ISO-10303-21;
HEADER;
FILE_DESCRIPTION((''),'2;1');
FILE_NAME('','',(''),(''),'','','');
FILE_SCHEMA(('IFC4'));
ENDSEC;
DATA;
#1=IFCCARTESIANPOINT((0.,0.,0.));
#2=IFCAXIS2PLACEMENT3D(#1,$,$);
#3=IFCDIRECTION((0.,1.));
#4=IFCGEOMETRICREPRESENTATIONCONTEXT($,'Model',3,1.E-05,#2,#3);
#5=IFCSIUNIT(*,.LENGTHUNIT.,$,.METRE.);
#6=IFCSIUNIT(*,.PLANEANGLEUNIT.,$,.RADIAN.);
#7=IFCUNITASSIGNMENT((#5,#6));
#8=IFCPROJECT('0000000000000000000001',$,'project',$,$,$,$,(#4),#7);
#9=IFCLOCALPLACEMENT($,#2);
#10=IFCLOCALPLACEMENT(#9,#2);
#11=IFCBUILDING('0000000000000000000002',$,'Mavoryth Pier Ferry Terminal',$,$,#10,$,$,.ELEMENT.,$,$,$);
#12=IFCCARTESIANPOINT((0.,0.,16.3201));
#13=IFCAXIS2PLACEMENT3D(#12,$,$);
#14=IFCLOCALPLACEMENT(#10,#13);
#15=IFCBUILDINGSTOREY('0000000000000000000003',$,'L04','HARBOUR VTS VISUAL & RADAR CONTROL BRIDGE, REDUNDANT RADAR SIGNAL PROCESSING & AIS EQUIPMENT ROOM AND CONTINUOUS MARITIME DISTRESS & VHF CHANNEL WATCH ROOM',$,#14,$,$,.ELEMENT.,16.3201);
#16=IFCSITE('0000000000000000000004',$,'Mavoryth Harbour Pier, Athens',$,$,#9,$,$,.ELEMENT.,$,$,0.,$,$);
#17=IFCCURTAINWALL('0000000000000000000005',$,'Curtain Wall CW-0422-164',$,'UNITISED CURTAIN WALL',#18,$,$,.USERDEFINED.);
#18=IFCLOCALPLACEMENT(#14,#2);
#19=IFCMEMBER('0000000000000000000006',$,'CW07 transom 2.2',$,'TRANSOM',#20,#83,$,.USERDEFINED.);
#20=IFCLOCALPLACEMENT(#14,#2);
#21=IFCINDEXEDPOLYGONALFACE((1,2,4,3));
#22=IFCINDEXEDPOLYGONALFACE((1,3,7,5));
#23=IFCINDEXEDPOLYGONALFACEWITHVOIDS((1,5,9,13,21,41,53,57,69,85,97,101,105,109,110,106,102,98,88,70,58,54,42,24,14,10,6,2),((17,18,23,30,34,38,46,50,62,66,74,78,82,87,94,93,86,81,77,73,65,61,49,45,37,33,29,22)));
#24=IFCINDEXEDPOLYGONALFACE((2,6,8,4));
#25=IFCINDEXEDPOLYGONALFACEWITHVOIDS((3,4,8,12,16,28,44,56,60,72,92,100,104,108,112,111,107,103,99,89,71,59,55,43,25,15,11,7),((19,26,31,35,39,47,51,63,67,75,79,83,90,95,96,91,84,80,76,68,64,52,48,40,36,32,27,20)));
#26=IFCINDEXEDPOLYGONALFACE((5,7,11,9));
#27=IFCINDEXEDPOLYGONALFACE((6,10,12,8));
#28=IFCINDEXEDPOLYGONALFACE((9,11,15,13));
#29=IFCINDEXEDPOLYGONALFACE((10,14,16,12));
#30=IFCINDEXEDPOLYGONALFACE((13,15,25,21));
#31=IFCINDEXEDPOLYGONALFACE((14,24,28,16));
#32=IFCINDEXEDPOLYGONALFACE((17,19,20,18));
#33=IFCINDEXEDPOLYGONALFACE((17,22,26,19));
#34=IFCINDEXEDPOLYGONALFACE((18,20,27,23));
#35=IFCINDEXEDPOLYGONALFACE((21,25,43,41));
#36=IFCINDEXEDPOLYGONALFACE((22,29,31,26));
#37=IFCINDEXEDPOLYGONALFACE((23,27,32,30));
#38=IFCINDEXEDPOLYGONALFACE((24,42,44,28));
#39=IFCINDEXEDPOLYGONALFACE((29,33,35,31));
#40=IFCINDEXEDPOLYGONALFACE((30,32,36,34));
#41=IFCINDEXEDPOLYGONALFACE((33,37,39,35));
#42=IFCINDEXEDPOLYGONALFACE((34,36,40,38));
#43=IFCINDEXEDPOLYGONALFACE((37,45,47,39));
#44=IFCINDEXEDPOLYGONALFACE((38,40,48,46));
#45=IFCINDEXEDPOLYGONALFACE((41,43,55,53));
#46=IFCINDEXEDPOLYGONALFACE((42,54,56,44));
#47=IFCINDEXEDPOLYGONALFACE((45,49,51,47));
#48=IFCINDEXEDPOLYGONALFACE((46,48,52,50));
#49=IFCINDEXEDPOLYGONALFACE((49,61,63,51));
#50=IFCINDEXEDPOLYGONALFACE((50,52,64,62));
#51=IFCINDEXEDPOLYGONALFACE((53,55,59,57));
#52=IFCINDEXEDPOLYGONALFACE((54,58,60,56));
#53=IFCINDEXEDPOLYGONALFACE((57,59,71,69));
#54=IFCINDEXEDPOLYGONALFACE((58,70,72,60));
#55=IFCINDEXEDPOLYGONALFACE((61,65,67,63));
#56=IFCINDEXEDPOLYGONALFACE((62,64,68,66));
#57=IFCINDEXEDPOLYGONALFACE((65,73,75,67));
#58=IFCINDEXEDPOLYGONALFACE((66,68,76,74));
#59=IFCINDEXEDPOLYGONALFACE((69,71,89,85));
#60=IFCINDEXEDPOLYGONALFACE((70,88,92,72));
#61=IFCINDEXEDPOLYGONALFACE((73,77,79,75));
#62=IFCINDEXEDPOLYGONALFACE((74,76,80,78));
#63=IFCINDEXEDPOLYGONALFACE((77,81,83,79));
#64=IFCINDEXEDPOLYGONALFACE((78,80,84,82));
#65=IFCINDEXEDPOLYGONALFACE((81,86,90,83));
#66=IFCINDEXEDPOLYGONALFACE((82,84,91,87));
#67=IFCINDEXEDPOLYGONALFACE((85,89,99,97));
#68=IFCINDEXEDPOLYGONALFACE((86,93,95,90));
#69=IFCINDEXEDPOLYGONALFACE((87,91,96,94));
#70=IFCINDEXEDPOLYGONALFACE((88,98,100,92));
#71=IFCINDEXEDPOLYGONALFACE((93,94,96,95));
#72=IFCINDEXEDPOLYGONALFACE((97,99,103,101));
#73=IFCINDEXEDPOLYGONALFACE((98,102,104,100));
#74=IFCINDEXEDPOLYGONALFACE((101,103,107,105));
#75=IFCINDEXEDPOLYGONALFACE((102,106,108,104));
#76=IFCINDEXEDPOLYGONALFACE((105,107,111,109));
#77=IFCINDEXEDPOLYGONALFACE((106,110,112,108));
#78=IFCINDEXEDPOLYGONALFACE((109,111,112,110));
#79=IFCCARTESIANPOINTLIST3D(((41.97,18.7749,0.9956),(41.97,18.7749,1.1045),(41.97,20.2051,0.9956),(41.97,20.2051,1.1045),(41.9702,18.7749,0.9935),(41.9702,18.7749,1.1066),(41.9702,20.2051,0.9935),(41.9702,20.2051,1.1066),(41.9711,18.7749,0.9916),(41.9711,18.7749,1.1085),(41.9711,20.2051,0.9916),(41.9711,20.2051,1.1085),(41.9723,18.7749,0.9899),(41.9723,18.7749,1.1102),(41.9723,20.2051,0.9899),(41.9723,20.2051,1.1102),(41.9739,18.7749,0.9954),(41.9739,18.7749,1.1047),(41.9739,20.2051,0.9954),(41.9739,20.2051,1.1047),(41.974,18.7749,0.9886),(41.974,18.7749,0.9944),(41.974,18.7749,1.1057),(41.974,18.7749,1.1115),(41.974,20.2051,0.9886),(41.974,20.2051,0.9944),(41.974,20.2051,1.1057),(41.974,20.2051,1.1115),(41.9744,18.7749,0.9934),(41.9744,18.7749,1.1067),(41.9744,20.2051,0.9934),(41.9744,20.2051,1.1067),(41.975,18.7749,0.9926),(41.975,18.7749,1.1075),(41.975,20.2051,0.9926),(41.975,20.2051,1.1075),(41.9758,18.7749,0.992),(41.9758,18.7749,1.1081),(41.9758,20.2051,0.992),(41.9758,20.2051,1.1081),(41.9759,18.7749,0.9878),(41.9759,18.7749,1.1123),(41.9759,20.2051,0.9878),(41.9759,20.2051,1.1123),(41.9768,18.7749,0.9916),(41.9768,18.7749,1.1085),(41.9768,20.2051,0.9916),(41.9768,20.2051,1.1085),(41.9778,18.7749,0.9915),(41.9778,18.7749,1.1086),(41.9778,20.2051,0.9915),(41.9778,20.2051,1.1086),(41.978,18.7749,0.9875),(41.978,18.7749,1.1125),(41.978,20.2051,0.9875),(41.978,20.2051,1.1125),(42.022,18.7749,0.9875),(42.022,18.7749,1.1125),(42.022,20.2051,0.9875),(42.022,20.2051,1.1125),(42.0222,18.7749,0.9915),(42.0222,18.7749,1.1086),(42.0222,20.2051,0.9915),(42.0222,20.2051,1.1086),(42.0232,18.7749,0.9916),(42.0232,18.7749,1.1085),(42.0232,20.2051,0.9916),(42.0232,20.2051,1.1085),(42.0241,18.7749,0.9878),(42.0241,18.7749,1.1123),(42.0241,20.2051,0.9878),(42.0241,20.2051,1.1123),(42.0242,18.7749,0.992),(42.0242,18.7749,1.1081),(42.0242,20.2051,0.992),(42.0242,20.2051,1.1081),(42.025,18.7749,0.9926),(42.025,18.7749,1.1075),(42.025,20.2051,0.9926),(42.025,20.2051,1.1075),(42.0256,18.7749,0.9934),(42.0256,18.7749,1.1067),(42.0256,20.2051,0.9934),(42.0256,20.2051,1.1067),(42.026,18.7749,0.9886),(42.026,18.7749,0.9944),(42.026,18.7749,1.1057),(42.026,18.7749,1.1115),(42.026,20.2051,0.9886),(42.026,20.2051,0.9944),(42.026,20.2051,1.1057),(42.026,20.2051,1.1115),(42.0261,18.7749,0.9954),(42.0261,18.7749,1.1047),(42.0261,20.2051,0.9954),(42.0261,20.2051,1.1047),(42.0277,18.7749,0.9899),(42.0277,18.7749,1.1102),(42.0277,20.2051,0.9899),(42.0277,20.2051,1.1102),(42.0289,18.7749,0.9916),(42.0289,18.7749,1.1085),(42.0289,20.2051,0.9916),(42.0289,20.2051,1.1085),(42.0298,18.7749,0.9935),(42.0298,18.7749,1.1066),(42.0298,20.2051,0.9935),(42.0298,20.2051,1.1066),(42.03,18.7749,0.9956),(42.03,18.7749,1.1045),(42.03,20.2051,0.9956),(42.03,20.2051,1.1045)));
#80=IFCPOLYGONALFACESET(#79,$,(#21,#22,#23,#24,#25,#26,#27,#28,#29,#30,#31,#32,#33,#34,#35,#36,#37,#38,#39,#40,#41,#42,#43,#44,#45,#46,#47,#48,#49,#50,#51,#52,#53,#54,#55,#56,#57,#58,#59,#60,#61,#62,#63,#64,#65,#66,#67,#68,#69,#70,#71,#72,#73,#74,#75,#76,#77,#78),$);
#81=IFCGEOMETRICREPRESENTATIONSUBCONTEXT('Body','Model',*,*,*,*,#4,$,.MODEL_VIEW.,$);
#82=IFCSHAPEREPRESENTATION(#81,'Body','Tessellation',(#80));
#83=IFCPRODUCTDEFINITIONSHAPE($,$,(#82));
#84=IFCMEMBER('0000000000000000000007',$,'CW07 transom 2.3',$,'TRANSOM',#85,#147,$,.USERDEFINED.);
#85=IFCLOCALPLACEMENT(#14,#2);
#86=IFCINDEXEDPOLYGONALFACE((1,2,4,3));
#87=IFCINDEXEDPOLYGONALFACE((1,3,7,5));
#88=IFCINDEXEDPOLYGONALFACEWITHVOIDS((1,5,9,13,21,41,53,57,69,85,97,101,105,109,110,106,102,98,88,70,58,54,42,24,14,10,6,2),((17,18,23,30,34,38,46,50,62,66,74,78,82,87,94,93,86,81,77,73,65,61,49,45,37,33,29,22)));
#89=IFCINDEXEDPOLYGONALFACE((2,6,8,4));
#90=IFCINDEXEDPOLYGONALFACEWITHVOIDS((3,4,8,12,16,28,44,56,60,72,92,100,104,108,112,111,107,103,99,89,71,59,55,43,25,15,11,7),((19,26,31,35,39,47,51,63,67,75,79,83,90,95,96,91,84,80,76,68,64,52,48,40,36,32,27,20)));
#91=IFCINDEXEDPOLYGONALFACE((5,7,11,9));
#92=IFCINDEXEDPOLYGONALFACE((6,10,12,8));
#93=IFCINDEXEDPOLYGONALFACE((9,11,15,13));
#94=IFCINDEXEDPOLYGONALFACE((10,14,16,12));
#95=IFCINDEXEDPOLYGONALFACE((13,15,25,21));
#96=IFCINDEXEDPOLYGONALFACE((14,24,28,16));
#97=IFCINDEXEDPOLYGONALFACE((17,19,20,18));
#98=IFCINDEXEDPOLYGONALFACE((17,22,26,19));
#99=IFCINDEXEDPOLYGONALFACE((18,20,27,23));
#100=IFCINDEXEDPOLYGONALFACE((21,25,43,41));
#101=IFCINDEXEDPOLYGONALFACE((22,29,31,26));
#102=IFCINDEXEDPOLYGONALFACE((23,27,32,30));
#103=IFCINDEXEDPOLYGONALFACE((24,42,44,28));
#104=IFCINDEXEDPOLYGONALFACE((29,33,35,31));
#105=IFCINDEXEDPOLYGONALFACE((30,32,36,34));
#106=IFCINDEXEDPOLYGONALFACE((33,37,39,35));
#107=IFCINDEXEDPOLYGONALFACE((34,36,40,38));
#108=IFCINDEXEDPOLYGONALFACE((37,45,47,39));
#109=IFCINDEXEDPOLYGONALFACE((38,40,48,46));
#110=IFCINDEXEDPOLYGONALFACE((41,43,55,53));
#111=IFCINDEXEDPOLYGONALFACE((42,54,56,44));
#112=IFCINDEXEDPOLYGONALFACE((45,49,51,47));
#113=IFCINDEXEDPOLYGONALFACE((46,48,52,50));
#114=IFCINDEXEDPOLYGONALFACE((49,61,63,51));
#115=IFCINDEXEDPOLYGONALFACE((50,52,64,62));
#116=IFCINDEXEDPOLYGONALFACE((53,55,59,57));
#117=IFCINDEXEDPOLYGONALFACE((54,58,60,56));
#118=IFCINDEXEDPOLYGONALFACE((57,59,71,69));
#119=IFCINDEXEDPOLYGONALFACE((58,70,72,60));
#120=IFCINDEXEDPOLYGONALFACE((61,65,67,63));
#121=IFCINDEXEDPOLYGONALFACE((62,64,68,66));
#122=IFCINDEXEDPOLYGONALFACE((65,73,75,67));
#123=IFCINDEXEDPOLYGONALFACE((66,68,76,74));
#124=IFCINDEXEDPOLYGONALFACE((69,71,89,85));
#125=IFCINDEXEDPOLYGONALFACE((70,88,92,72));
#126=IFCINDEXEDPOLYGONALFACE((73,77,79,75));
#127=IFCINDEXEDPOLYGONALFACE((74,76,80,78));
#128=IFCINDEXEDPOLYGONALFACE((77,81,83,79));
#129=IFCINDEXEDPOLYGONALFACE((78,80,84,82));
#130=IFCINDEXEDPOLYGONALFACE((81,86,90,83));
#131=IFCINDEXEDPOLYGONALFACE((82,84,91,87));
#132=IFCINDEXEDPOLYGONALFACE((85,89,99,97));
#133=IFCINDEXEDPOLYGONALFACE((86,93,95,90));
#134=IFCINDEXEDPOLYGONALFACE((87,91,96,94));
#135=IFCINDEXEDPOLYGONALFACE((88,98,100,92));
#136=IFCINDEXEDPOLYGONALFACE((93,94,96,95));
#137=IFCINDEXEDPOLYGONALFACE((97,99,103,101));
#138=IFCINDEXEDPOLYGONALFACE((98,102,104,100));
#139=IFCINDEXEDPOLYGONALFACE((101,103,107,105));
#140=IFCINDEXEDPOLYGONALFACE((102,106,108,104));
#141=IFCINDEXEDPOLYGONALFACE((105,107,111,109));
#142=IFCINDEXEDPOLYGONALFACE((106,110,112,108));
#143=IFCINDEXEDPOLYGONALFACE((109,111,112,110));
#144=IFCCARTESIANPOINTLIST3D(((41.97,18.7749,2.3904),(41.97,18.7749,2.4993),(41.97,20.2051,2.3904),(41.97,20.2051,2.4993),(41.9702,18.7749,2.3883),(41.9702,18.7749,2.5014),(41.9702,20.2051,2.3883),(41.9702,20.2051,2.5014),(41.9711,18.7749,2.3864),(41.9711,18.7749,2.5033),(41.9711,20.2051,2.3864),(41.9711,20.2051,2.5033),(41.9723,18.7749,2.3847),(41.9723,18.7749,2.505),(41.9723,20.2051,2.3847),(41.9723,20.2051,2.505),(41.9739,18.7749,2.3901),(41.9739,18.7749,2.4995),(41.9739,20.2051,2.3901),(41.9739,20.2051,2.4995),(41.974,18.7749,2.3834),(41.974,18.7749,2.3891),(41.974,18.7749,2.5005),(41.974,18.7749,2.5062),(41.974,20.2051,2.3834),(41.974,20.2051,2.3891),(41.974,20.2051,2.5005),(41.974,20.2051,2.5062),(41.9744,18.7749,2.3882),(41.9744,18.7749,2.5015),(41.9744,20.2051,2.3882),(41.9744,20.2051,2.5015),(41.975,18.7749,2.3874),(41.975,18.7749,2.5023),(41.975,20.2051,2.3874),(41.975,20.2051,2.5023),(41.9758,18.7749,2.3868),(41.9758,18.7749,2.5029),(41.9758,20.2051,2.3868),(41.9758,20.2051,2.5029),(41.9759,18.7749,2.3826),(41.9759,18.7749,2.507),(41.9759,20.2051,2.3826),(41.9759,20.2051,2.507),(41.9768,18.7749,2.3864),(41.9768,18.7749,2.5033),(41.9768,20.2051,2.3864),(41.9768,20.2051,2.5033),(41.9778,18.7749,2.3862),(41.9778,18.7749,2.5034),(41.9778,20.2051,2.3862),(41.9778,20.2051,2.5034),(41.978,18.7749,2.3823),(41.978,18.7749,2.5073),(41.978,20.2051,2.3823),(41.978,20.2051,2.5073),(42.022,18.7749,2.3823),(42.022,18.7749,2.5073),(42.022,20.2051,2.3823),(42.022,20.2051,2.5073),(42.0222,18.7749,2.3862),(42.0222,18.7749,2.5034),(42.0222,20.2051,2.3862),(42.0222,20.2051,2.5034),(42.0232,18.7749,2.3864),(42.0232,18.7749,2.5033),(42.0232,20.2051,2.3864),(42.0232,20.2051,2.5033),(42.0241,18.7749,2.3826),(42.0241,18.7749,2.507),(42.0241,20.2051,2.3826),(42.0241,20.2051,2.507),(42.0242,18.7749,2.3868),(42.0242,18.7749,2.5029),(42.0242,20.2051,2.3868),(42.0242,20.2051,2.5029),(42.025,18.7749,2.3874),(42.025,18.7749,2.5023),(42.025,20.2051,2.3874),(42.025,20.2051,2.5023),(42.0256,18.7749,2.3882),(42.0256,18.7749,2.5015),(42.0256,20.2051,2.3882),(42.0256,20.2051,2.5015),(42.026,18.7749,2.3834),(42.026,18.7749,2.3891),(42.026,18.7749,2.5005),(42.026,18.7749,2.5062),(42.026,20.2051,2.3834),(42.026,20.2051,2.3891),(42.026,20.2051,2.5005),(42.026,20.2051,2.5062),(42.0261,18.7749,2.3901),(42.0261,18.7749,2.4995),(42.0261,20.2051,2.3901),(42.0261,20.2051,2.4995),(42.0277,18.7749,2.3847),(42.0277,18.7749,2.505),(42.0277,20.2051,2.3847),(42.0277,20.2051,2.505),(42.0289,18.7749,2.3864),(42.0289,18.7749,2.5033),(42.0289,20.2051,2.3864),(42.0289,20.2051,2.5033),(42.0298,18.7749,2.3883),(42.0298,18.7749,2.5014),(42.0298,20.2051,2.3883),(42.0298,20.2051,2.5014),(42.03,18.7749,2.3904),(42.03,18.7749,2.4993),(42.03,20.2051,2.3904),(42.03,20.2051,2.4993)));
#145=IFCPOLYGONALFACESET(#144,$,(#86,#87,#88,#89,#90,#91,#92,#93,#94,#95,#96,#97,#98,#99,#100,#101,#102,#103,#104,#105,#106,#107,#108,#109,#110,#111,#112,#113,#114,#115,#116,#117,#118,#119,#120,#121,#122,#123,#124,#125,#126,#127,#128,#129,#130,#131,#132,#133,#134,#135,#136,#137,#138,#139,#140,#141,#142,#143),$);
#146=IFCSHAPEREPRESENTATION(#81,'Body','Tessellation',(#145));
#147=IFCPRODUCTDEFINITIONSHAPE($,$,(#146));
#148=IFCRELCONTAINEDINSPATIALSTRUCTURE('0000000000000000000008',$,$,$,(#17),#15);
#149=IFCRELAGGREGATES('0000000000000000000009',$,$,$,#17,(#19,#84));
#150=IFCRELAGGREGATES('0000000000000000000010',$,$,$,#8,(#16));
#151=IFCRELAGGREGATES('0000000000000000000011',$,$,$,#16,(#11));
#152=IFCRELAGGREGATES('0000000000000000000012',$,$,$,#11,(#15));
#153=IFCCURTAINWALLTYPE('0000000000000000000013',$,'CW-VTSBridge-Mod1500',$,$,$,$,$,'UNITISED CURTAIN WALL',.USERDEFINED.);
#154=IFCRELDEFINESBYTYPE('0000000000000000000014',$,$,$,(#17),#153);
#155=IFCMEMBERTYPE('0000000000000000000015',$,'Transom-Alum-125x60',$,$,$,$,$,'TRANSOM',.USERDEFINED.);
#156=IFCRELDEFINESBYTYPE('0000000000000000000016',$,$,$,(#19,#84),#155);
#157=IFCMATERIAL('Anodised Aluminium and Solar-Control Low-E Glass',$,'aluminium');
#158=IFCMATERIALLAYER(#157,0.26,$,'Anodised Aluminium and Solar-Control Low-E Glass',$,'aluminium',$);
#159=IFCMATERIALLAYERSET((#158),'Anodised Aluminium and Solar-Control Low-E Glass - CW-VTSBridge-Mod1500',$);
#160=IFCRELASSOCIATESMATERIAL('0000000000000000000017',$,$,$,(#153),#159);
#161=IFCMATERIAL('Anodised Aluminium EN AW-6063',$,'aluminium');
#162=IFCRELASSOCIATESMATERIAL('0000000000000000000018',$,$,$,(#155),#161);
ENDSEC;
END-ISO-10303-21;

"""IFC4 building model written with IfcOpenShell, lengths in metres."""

from ifc_helpers import new_model, si_unit, direction, frame, origin, origin_2d, place, context, subcontext, project, spatial, hollow_rectangle, extrude, material, layer, layer_set, material_profile, profile_set, type_object, element, aggregate, save


model = new_model("IFC4")

# Units and contexts
model_context = context("Model", 3, precision=1e-05, world=origin(), true_north=direction((0.0, 1.0)))
body_context = subcontext(model_context, "Body", "Model", "MODEL_VIEW")
ifc_project = project(units=[si_unit("LENGTHUNIT", "METRE"), si_unit("PLANEANGLEUNIT", "RADIAN")], contexts=[model_context])

# Site, building, storey
site_placement = place(None, origin())
site = spatial("IfcSite", under=ifc_project, at=site_placement, Name="Mavoryth Harbour Pier, Athens", CompositionType="ELEMENT", RefElevation=0.0)
building_placement = place(site_placement, origin())
building = spatial("IfcBuilding", under=site, at=building_placement, Name="Mavoryth Pier Ferry Terminal", CompositionType="ELEMENT")
storey_placement = place(building_placement, frame((0.0, 0.0, 16.3201)))
storey = spatial("IfcBuildingStorey", under=building, at=storey_placement, Name="L04", Description="HARBOUR VTS VISUAL & RADAR CONTROL BRIDGE, REDUNDANT RADAR SIGNAL PROCESSING & AIS EQUIPMENT ROOM AND CONTINUOUS MARITIME DISTRESS & VHF CHANNEL WATCH ROOM", CompositionType="ELEMENT", Elevation=16.3201)

# Curtain wall, members
ifc_material_1 = material(Name="Anodised Aluminium and Solar-Control Low-E Glass", Category="aluminium")
ifc_layer_1 = layer(ifc_material_1, 0.26, Name="Anodised Aluminium and Solar-Control Low-E Glass", Category="aluminium")
ifc_layer_set_1 = layer_set([ifc_layer_1], Name="Anodised Aluminium and Solar-Control Low-E Glass - CW-VTSBridge-Mod1500")
curtain_wall_type = type_object("IfcCurtainWallType", Name="CW-VTSBridge-Mod1500", ElementType="UNITISED CURTAIN WALL", PredefinedType="USERDEFINED", material=ifc_layer_set_1)
curtain_wall_placement = place(storey_placement, origin())
curtain_wall = element("IfcCurtainWall", 1, at=curtain_wall_placement, inside=storey, type_object=curtain_wall_type, Name="Curtain Wall CW-0422-164", ObjectType="UNITISED CURTAIN WALL", PredefinedType="USERDEFINED")
ifc_material_2 = material(Name="Anodised Aluminium EN AW-6063", Category="aluminium")
ifc_material_profile_1 = material_profile(ifc_material_2, hollow_rectangle(XDim=0.0601, YDim=0.125, WallThickness=0.0039, InnerFilletRadius=0.0039, OuterFilletRadius=0.0081, at=origin_2d()), Name="AL-TRAN 125x60x4", Category="aluminium")
ifc_profile_set_1 = profile_set([ifc_material_profile_1], Name="Anodised Aluminium EN AW-6063 - AL-TRAN 125x60x4")
member_type_1 = type_object("IfcMemberType", Name="Transom-Alum-125x60", ElementType="TRANSOM", PredefinedType="USERDEFINED", material=ifc_profile_set_1)
member_1_placement = place(storey_placement, frame((42.0, 20.2051, 1.05), z_axis=(0.0, -1.0, 0.0), x_axis=(1.0, 0.0, 0.0)))
member_1 = element("IfcMember", 2, at=member_1_placement, type_object=member_type_1, Name="CW07 transom 2.2", ObjectType="TRANSOM", PredefinedType="USERDEFINED", context=body_context, shape_type="SweptSolid", body=[
    extrude(hollow_rectangle(XDim=0.0601, YDim=0.125, WallThickness=0.0039, InnerFilletRadius=0.0039, OuterFilletRadius=0.0081, at=origin_2d()), origin(), (0.0, 0.0, 1.0), 1.4302),
])
member_2_placement = place(storey_placement, frame((42.0, 20.2051, 2.4448), z_axis=(0.0, -1.0, 0.0), x_axis=(1.0, 0.0, 0.0)))
member_2 = element("IfcMember", 3, at=member_2_placement, type_object=member_type_1, Name="CW07 transom 2.3", ObjectType="TRANSOM", PredefinedType="USERDEFINED", context=body_context, shape_type="SweptSolid", body=[
    extrude(hollow_rectangle(XDim=0.0601, YDim=0.125, WallThickness=0.0039, InnerFilletRadius=0.0039, OuterFilletRadius=0.0081, at=origin_2d()), origin(), (0.0, 0.0, 1.0), 1.4302),
])
aggregate(curtain_wall, [member_1, member_2])

save(model, "model.ifc")
